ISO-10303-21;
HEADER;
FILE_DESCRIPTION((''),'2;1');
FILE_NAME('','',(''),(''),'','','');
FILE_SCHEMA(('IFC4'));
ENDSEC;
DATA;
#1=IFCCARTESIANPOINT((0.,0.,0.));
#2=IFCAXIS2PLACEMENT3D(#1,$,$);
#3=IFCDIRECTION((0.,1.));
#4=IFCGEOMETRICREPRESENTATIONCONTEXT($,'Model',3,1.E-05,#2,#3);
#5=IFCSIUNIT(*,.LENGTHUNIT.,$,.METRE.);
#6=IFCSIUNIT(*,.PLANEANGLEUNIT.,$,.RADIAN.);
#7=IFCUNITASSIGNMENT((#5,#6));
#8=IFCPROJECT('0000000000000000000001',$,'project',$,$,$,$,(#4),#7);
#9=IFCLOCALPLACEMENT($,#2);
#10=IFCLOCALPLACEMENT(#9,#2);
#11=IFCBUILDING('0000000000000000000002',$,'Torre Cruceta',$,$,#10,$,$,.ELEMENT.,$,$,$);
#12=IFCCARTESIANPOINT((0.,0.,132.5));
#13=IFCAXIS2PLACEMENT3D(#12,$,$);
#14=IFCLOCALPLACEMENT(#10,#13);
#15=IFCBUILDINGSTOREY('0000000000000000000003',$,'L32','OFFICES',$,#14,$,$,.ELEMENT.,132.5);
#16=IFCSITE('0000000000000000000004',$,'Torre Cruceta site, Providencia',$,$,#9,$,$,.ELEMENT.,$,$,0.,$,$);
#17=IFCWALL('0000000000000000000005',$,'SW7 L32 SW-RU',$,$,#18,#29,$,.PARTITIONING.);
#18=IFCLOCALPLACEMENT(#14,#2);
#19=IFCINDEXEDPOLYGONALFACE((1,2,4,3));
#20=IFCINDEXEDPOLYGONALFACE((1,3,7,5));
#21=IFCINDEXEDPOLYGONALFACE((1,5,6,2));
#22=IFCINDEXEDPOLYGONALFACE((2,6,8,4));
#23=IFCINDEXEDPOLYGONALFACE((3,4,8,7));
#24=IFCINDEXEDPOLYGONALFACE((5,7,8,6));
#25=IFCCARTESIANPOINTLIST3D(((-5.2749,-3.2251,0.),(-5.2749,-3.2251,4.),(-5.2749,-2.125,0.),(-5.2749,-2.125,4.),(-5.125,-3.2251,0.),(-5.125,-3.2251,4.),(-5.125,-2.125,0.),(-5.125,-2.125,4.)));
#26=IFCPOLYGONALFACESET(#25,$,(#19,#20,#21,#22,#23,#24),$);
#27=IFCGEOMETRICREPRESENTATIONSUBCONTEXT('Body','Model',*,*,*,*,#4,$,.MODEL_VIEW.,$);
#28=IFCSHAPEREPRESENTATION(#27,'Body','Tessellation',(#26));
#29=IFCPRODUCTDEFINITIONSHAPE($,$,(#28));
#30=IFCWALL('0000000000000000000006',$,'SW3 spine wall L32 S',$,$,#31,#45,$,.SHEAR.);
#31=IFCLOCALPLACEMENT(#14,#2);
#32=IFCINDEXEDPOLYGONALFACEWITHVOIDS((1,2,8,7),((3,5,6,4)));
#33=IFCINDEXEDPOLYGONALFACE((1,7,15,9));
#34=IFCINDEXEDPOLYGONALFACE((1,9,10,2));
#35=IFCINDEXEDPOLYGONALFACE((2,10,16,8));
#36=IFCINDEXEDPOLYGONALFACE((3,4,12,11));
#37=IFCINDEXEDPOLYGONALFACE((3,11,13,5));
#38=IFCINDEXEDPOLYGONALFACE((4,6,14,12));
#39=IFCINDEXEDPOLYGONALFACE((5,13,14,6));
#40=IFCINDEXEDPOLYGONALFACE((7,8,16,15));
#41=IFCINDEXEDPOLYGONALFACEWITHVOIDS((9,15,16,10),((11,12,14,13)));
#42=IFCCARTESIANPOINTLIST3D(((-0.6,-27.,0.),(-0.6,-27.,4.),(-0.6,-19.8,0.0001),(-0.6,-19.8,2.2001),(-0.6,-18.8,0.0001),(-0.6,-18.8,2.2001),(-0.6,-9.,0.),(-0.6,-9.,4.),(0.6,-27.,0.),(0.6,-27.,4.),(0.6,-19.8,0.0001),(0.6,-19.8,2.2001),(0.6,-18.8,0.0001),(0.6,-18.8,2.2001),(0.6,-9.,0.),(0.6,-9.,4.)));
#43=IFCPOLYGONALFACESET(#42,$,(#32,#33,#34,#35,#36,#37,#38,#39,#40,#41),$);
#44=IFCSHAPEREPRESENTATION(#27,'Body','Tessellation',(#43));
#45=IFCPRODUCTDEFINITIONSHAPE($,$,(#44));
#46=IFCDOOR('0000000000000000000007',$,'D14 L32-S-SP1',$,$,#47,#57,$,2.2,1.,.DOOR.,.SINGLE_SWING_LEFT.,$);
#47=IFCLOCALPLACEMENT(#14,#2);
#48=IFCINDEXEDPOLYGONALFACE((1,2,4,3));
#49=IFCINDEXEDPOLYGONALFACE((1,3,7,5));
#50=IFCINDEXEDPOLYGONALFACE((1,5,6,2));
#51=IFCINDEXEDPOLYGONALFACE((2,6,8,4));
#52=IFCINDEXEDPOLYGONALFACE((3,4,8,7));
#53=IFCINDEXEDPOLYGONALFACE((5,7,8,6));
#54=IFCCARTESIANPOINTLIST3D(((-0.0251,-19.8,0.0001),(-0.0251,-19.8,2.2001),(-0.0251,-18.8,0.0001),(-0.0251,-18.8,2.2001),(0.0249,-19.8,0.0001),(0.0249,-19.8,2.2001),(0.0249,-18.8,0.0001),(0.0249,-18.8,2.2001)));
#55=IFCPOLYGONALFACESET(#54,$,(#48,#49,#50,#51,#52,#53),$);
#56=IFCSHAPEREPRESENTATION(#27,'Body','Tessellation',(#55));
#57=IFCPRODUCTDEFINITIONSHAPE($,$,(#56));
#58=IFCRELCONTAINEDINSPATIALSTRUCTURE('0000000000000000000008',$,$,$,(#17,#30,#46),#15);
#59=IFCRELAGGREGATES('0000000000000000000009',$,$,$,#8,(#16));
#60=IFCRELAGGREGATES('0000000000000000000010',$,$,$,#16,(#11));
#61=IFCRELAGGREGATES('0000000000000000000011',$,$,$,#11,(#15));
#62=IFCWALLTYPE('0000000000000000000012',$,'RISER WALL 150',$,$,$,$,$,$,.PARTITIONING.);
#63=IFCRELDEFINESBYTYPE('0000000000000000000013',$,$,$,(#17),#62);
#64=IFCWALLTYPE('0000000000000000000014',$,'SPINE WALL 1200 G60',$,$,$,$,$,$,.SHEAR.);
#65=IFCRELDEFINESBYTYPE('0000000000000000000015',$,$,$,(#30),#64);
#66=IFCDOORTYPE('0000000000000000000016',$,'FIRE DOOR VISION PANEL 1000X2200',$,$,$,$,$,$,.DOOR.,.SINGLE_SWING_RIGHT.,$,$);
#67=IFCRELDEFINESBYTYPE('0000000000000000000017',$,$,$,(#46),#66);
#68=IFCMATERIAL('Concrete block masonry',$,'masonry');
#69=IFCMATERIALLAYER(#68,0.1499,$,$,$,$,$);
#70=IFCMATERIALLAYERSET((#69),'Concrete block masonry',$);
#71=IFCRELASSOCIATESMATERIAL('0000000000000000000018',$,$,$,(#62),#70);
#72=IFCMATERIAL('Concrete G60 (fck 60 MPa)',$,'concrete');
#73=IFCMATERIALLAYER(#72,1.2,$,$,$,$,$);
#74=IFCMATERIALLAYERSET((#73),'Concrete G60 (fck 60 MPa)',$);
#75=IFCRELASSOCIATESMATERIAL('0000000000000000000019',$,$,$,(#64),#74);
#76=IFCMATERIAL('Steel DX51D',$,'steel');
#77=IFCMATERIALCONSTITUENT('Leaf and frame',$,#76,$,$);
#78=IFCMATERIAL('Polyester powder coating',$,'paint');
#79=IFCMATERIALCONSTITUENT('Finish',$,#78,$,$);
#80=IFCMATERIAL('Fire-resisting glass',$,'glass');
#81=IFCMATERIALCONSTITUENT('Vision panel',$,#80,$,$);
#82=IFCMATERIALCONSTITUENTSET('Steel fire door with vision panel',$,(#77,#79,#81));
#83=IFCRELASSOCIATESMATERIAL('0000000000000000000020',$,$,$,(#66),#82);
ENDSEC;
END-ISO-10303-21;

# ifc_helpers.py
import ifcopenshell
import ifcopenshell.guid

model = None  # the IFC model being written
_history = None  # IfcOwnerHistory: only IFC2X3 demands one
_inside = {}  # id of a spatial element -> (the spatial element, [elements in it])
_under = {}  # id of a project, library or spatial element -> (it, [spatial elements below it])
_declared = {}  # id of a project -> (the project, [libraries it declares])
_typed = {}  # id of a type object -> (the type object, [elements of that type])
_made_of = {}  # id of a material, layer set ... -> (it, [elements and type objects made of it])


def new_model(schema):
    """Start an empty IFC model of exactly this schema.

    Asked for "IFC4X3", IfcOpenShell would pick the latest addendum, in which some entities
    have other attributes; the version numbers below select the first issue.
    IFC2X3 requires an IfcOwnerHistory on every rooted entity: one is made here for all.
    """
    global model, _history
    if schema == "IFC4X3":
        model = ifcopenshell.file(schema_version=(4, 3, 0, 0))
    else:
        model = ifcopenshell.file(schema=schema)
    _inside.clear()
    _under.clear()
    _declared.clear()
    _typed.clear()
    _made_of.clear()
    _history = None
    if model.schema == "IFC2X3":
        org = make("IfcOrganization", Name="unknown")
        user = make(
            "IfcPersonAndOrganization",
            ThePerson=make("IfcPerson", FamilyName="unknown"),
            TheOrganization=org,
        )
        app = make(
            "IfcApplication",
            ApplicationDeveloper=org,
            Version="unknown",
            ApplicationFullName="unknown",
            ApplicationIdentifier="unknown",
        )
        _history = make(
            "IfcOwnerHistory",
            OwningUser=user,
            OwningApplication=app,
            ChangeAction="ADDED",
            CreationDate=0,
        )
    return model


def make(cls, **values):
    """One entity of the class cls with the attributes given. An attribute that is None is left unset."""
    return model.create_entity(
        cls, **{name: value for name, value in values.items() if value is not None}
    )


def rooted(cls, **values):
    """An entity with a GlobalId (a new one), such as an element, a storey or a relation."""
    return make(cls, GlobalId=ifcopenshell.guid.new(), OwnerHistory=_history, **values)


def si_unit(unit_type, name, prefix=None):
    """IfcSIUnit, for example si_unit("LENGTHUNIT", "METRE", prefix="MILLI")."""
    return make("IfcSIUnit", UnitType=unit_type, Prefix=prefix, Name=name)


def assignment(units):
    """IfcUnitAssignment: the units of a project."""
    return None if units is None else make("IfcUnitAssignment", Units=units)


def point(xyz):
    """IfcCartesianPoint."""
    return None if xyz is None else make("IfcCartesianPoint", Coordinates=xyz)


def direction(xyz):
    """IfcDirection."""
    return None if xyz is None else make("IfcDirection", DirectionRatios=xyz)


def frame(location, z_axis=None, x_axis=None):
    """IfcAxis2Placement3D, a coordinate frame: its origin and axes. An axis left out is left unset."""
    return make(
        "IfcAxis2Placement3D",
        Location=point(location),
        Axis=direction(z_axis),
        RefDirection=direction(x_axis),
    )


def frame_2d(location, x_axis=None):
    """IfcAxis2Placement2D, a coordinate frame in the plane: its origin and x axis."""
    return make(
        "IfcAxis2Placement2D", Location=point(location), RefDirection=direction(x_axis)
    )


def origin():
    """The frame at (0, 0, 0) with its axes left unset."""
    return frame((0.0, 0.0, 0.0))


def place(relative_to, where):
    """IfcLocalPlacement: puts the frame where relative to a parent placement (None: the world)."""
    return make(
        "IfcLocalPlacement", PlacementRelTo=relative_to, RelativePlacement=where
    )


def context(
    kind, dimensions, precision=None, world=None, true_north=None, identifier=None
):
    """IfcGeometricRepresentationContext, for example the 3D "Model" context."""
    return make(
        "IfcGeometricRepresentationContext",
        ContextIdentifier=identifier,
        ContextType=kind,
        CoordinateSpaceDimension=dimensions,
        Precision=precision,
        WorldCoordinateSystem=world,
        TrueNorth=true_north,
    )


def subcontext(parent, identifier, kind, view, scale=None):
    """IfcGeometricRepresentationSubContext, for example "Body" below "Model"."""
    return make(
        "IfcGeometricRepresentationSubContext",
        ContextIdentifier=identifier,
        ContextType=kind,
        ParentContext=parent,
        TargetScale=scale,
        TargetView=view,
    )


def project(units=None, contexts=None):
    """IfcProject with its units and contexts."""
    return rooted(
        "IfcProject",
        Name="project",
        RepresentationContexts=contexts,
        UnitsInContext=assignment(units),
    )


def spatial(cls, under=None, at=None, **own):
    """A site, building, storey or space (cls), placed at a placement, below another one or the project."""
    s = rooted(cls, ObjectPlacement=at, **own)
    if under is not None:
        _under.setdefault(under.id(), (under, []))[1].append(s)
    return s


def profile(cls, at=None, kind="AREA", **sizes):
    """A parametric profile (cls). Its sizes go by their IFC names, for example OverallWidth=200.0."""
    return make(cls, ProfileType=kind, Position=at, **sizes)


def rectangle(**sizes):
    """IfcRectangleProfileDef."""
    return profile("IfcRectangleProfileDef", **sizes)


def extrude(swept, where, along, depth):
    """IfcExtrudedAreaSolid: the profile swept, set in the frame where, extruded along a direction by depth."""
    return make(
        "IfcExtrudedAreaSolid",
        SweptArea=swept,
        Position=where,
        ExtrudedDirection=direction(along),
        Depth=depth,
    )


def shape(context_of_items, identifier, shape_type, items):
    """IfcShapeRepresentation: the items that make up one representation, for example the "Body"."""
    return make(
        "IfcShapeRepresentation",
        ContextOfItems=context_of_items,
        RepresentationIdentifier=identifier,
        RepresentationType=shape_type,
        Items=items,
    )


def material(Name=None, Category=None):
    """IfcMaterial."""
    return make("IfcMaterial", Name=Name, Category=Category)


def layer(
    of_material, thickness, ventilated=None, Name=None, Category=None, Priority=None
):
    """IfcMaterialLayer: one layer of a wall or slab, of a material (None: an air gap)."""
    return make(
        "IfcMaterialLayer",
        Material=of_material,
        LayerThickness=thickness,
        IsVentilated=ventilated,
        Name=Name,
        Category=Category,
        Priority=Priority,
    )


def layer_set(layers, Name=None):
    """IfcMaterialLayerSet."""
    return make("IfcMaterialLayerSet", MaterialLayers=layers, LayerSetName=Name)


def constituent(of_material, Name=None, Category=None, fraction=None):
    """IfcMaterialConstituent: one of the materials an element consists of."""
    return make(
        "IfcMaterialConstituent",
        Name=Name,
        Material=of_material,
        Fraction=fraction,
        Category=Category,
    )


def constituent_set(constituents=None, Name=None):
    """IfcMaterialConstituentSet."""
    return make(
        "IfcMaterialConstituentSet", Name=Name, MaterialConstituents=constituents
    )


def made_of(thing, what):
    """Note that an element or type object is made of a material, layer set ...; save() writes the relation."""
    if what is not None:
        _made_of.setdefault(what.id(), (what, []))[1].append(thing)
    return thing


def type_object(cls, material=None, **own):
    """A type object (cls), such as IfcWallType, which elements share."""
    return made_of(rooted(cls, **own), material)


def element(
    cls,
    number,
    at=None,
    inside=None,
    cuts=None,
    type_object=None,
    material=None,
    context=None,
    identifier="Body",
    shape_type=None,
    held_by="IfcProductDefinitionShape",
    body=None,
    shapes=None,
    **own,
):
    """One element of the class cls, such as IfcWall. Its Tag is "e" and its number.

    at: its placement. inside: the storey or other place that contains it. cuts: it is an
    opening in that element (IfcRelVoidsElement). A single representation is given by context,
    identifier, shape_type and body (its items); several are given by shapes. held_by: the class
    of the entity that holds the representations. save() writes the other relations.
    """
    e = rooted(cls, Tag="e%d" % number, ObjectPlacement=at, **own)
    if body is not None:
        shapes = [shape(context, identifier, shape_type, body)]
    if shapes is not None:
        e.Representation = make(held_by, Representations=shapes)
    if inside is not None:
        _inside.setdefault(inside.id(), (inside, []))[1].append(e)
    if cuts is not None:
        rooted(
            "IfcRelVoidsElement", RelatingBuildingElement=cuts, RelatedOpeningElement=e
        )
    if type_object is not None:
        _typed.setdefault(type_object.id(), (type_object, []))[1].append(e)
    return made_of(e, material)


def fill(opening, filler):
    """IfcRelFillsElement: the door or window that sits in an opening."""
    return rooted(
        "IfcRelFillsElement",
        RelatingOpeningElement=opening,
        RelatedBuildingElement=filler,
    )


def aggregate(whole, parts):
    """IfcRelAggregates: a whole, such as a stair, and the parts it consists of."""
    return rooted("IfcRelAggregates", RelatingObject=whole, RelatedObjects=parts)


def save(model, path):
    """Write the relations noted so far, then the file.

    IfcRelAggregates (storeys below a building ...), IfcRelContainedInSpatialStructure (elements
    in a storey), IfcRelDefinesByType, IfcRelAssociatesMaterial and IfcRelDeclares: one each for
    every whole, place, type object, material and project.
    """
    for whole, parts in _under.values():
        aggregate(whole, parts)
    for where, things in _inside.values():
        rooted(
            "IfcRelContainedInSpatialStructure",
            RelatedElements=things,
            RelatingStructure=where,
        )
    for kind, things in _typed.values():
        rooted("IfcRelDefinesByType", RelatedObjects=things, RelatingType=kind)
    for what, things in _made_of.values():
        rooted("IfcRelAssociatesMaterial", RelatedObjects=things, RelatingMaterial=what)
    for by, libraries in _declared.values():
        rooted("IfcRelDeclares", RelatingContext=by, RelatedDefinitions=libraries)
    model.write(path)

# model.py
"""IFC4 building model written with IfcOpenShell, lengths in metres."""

from ifc_helpers import new_model, si_unit, direction, frame, frame_2d, origin, place, context, subcontext, project, spatial, rectangle, extrude, material, layer, layer_set, constituent, constituent_set, type_object, element, fill, save


model = new_model("IFC4")

# Units and contexts
model_context = context("Model", 3, precision=1e-05, world=origin(), true_north=direction((0.0, 1.0)))
body_context = subcontext(model_context, "Body", "Model", "MODEL_VIEW")
ifc_project = project(units=[si_unit("LENGTHUNIT", "METRE"), si_unit("PLANEANGLEUNIT", "RADIAN")], contexts=[model_context])

# Site, building, storey
site_placement = place(None, origin())
site = spatial("IfcSite", under=ifc_project, at=site_placement, Name="Torre Cruceta site, Providencia", CompositionType="ELEMENT", RefElevation=0.0)
building_placement = place(site_placement, origin())
building = spatial("IfcBuilding", under=site, at=building_placement, Name="Torre Cruceta", CompositionType="ELEMENT")
storey_placement = place(building_placement, frame((0.0, 0.0, 132.5)))
storey = spatial("IfcBuildingStorey", under=building, at=storey_placement, Name="L32", Description="OFFICES", CompositionType="ELEMENT", Elevation=132.5)

# Shared definitions
ifc_material_1 = material(Name="Concrete block masonry", Category="masonry")
ifc_layer_1 = layer(ifc_material_1, 0.1499)
ifc_layer_set_1 = layer_set([ifc_layer_1], Name="Concrete block masonry")
wall_type_1 = type_object("IfcWallType", Name="RISER WALL 150", PredefinedType="PARTITIONING", material=ifc_layer_set_1)

# Wall
wall_1_placement = place(storey_placement, frame((-5.2, -2.125, 0.0), z_axis=(0.0, 0.0, 1.0), x_axis=(0.0, -1.0, 0.0)))
element("IfcWall", 1, at=wall_1_placement, inside=storey, type_object=wall_type_1, Name="SW7 L32 SW-RU", PredefinedType="PARTITIONING", context=body_context, shape_type="SweptSolid", body=[
    extrude(rectangle(XDim=1.1001, YDim=0.1499, at=frame_2d((0.55, 0.0))), origin(), (0.0, 0.0, 1.0), 4.0),
])

# Wall, opening, door
ifc_material_2 = material(Name="Concrete G60 (fck 60 MPa)", Category="concrete")
ifc_layer_2 = layer(ifc_material_2, 1.2)
ifc_layer_set_2 = layer_set([ifc_layer_2], Name="Concrete G60 (fck 60 MPa)")
wall_type_2 = type_object("IfcWallType", Name="SPINE WALL 1200 G60", PredefinedType="SHEAR", material=ifc_layer_set_2)
wall_2_placement = place(storey_placement, frame((0.0, -9.0, 0.0), z_axis=(0.0, 0.0, 1.0), x_axis=(0.0, -1.0, 0.0)))
wall_2 = element("IfcWall", 2, at=wall_2_placement, inside=storey, type_object=wall_type_2, Name="SW3 spine wall L32 S", PredefinedType="SHEAR", context=body_context, shape_type="SweptSolid", body=[
    extrude(rectangle(XDim=18.0, YDim=1.2, at=frame_2d((9.0, 0.0))), origin(), (0.0, 0.0, 1.0), 4.0),
])
opening_1_placement = place(wall_2_placement, frame((9.8, 0.0, 0.0)))
opening_1 = element("IfcOpeningElement", 3, at=opening_1_placement, cuts=wall_2, PredefinedType="OPENING", context=body_context, shape_type="SweptSolid", body=[
    extrude(rectangle(XDim=1.0, YDim=2.2, at=frame_2d((0.5, 1.1001))), frame((0.0, 0.6099, 0.0), z_axis=(0.0, -1.0, 0.0), x_axis=(1.0, 0.0, 0.0)), (0.0, 0.0, 1.0), 1.22),
])
ifc_material_3 = material(Name="Steel DX51D", Category="steel")
ifc_constituent_1 = constituent(ifc_material_3, Name="Leaf and frame")
ifc_material_4 = material(Name="Polyester powder coating", Category="paint")
ifc_constituent_2 = constituent(ifc_material_4, Name="Finish")
ifc_material_5 = material(Name="Fire-resisting glass", Category="glass")
ifc_constituent_3 = constituent(ifc_material_5, Name="Vision panel")
ifc_constituent_set_1 = constituent_set(constituents=[ifc_constituent_1, ifc_constituent_2, ifc_constituent_3], Name="Steel fire door with vision panel")
door_type_1 = type_object("IfcDoorType", Name="FIRE DOOR VISION PANEL 1000X2200", OperationType="SINGLE_SWING_RIGHT", PredefinedType="DOOR", material=ifc_constituent_set_1)
door_1_placement = place(opening_1_placement, frame((1.0, 0.0, 0.0), z_axis=(0.0, 0.0, 1.0), x_axis=(-1.0, 0.0, 0.0)))
door_1 = element("IfcDoor", 4, at=door_1_placement, inside=storey, type_object=door_type_1, Name="D14 L32-S-SP1", OperationType="SINGLE_SWING_LEFT", OverallHeight=2.2, OverallWidth=1.0, PredefinedType="DOOR", context=body_context, shape_type="SweptSolid", body=[
    extrude(rectangle(XDim=1.0, YDim=2.2, at=frame_2d((0.5, 1.1001))), frame((0.0, 0.0251, 0.0), z_axis=(0.0, -1.0, 0.0), x_axis=(1.0, 0.0, 0.0)), (0.0, 0.0, 1.0), 0.05),
])
fill(opening_1, door_1)

save(model, "model.ifc")
